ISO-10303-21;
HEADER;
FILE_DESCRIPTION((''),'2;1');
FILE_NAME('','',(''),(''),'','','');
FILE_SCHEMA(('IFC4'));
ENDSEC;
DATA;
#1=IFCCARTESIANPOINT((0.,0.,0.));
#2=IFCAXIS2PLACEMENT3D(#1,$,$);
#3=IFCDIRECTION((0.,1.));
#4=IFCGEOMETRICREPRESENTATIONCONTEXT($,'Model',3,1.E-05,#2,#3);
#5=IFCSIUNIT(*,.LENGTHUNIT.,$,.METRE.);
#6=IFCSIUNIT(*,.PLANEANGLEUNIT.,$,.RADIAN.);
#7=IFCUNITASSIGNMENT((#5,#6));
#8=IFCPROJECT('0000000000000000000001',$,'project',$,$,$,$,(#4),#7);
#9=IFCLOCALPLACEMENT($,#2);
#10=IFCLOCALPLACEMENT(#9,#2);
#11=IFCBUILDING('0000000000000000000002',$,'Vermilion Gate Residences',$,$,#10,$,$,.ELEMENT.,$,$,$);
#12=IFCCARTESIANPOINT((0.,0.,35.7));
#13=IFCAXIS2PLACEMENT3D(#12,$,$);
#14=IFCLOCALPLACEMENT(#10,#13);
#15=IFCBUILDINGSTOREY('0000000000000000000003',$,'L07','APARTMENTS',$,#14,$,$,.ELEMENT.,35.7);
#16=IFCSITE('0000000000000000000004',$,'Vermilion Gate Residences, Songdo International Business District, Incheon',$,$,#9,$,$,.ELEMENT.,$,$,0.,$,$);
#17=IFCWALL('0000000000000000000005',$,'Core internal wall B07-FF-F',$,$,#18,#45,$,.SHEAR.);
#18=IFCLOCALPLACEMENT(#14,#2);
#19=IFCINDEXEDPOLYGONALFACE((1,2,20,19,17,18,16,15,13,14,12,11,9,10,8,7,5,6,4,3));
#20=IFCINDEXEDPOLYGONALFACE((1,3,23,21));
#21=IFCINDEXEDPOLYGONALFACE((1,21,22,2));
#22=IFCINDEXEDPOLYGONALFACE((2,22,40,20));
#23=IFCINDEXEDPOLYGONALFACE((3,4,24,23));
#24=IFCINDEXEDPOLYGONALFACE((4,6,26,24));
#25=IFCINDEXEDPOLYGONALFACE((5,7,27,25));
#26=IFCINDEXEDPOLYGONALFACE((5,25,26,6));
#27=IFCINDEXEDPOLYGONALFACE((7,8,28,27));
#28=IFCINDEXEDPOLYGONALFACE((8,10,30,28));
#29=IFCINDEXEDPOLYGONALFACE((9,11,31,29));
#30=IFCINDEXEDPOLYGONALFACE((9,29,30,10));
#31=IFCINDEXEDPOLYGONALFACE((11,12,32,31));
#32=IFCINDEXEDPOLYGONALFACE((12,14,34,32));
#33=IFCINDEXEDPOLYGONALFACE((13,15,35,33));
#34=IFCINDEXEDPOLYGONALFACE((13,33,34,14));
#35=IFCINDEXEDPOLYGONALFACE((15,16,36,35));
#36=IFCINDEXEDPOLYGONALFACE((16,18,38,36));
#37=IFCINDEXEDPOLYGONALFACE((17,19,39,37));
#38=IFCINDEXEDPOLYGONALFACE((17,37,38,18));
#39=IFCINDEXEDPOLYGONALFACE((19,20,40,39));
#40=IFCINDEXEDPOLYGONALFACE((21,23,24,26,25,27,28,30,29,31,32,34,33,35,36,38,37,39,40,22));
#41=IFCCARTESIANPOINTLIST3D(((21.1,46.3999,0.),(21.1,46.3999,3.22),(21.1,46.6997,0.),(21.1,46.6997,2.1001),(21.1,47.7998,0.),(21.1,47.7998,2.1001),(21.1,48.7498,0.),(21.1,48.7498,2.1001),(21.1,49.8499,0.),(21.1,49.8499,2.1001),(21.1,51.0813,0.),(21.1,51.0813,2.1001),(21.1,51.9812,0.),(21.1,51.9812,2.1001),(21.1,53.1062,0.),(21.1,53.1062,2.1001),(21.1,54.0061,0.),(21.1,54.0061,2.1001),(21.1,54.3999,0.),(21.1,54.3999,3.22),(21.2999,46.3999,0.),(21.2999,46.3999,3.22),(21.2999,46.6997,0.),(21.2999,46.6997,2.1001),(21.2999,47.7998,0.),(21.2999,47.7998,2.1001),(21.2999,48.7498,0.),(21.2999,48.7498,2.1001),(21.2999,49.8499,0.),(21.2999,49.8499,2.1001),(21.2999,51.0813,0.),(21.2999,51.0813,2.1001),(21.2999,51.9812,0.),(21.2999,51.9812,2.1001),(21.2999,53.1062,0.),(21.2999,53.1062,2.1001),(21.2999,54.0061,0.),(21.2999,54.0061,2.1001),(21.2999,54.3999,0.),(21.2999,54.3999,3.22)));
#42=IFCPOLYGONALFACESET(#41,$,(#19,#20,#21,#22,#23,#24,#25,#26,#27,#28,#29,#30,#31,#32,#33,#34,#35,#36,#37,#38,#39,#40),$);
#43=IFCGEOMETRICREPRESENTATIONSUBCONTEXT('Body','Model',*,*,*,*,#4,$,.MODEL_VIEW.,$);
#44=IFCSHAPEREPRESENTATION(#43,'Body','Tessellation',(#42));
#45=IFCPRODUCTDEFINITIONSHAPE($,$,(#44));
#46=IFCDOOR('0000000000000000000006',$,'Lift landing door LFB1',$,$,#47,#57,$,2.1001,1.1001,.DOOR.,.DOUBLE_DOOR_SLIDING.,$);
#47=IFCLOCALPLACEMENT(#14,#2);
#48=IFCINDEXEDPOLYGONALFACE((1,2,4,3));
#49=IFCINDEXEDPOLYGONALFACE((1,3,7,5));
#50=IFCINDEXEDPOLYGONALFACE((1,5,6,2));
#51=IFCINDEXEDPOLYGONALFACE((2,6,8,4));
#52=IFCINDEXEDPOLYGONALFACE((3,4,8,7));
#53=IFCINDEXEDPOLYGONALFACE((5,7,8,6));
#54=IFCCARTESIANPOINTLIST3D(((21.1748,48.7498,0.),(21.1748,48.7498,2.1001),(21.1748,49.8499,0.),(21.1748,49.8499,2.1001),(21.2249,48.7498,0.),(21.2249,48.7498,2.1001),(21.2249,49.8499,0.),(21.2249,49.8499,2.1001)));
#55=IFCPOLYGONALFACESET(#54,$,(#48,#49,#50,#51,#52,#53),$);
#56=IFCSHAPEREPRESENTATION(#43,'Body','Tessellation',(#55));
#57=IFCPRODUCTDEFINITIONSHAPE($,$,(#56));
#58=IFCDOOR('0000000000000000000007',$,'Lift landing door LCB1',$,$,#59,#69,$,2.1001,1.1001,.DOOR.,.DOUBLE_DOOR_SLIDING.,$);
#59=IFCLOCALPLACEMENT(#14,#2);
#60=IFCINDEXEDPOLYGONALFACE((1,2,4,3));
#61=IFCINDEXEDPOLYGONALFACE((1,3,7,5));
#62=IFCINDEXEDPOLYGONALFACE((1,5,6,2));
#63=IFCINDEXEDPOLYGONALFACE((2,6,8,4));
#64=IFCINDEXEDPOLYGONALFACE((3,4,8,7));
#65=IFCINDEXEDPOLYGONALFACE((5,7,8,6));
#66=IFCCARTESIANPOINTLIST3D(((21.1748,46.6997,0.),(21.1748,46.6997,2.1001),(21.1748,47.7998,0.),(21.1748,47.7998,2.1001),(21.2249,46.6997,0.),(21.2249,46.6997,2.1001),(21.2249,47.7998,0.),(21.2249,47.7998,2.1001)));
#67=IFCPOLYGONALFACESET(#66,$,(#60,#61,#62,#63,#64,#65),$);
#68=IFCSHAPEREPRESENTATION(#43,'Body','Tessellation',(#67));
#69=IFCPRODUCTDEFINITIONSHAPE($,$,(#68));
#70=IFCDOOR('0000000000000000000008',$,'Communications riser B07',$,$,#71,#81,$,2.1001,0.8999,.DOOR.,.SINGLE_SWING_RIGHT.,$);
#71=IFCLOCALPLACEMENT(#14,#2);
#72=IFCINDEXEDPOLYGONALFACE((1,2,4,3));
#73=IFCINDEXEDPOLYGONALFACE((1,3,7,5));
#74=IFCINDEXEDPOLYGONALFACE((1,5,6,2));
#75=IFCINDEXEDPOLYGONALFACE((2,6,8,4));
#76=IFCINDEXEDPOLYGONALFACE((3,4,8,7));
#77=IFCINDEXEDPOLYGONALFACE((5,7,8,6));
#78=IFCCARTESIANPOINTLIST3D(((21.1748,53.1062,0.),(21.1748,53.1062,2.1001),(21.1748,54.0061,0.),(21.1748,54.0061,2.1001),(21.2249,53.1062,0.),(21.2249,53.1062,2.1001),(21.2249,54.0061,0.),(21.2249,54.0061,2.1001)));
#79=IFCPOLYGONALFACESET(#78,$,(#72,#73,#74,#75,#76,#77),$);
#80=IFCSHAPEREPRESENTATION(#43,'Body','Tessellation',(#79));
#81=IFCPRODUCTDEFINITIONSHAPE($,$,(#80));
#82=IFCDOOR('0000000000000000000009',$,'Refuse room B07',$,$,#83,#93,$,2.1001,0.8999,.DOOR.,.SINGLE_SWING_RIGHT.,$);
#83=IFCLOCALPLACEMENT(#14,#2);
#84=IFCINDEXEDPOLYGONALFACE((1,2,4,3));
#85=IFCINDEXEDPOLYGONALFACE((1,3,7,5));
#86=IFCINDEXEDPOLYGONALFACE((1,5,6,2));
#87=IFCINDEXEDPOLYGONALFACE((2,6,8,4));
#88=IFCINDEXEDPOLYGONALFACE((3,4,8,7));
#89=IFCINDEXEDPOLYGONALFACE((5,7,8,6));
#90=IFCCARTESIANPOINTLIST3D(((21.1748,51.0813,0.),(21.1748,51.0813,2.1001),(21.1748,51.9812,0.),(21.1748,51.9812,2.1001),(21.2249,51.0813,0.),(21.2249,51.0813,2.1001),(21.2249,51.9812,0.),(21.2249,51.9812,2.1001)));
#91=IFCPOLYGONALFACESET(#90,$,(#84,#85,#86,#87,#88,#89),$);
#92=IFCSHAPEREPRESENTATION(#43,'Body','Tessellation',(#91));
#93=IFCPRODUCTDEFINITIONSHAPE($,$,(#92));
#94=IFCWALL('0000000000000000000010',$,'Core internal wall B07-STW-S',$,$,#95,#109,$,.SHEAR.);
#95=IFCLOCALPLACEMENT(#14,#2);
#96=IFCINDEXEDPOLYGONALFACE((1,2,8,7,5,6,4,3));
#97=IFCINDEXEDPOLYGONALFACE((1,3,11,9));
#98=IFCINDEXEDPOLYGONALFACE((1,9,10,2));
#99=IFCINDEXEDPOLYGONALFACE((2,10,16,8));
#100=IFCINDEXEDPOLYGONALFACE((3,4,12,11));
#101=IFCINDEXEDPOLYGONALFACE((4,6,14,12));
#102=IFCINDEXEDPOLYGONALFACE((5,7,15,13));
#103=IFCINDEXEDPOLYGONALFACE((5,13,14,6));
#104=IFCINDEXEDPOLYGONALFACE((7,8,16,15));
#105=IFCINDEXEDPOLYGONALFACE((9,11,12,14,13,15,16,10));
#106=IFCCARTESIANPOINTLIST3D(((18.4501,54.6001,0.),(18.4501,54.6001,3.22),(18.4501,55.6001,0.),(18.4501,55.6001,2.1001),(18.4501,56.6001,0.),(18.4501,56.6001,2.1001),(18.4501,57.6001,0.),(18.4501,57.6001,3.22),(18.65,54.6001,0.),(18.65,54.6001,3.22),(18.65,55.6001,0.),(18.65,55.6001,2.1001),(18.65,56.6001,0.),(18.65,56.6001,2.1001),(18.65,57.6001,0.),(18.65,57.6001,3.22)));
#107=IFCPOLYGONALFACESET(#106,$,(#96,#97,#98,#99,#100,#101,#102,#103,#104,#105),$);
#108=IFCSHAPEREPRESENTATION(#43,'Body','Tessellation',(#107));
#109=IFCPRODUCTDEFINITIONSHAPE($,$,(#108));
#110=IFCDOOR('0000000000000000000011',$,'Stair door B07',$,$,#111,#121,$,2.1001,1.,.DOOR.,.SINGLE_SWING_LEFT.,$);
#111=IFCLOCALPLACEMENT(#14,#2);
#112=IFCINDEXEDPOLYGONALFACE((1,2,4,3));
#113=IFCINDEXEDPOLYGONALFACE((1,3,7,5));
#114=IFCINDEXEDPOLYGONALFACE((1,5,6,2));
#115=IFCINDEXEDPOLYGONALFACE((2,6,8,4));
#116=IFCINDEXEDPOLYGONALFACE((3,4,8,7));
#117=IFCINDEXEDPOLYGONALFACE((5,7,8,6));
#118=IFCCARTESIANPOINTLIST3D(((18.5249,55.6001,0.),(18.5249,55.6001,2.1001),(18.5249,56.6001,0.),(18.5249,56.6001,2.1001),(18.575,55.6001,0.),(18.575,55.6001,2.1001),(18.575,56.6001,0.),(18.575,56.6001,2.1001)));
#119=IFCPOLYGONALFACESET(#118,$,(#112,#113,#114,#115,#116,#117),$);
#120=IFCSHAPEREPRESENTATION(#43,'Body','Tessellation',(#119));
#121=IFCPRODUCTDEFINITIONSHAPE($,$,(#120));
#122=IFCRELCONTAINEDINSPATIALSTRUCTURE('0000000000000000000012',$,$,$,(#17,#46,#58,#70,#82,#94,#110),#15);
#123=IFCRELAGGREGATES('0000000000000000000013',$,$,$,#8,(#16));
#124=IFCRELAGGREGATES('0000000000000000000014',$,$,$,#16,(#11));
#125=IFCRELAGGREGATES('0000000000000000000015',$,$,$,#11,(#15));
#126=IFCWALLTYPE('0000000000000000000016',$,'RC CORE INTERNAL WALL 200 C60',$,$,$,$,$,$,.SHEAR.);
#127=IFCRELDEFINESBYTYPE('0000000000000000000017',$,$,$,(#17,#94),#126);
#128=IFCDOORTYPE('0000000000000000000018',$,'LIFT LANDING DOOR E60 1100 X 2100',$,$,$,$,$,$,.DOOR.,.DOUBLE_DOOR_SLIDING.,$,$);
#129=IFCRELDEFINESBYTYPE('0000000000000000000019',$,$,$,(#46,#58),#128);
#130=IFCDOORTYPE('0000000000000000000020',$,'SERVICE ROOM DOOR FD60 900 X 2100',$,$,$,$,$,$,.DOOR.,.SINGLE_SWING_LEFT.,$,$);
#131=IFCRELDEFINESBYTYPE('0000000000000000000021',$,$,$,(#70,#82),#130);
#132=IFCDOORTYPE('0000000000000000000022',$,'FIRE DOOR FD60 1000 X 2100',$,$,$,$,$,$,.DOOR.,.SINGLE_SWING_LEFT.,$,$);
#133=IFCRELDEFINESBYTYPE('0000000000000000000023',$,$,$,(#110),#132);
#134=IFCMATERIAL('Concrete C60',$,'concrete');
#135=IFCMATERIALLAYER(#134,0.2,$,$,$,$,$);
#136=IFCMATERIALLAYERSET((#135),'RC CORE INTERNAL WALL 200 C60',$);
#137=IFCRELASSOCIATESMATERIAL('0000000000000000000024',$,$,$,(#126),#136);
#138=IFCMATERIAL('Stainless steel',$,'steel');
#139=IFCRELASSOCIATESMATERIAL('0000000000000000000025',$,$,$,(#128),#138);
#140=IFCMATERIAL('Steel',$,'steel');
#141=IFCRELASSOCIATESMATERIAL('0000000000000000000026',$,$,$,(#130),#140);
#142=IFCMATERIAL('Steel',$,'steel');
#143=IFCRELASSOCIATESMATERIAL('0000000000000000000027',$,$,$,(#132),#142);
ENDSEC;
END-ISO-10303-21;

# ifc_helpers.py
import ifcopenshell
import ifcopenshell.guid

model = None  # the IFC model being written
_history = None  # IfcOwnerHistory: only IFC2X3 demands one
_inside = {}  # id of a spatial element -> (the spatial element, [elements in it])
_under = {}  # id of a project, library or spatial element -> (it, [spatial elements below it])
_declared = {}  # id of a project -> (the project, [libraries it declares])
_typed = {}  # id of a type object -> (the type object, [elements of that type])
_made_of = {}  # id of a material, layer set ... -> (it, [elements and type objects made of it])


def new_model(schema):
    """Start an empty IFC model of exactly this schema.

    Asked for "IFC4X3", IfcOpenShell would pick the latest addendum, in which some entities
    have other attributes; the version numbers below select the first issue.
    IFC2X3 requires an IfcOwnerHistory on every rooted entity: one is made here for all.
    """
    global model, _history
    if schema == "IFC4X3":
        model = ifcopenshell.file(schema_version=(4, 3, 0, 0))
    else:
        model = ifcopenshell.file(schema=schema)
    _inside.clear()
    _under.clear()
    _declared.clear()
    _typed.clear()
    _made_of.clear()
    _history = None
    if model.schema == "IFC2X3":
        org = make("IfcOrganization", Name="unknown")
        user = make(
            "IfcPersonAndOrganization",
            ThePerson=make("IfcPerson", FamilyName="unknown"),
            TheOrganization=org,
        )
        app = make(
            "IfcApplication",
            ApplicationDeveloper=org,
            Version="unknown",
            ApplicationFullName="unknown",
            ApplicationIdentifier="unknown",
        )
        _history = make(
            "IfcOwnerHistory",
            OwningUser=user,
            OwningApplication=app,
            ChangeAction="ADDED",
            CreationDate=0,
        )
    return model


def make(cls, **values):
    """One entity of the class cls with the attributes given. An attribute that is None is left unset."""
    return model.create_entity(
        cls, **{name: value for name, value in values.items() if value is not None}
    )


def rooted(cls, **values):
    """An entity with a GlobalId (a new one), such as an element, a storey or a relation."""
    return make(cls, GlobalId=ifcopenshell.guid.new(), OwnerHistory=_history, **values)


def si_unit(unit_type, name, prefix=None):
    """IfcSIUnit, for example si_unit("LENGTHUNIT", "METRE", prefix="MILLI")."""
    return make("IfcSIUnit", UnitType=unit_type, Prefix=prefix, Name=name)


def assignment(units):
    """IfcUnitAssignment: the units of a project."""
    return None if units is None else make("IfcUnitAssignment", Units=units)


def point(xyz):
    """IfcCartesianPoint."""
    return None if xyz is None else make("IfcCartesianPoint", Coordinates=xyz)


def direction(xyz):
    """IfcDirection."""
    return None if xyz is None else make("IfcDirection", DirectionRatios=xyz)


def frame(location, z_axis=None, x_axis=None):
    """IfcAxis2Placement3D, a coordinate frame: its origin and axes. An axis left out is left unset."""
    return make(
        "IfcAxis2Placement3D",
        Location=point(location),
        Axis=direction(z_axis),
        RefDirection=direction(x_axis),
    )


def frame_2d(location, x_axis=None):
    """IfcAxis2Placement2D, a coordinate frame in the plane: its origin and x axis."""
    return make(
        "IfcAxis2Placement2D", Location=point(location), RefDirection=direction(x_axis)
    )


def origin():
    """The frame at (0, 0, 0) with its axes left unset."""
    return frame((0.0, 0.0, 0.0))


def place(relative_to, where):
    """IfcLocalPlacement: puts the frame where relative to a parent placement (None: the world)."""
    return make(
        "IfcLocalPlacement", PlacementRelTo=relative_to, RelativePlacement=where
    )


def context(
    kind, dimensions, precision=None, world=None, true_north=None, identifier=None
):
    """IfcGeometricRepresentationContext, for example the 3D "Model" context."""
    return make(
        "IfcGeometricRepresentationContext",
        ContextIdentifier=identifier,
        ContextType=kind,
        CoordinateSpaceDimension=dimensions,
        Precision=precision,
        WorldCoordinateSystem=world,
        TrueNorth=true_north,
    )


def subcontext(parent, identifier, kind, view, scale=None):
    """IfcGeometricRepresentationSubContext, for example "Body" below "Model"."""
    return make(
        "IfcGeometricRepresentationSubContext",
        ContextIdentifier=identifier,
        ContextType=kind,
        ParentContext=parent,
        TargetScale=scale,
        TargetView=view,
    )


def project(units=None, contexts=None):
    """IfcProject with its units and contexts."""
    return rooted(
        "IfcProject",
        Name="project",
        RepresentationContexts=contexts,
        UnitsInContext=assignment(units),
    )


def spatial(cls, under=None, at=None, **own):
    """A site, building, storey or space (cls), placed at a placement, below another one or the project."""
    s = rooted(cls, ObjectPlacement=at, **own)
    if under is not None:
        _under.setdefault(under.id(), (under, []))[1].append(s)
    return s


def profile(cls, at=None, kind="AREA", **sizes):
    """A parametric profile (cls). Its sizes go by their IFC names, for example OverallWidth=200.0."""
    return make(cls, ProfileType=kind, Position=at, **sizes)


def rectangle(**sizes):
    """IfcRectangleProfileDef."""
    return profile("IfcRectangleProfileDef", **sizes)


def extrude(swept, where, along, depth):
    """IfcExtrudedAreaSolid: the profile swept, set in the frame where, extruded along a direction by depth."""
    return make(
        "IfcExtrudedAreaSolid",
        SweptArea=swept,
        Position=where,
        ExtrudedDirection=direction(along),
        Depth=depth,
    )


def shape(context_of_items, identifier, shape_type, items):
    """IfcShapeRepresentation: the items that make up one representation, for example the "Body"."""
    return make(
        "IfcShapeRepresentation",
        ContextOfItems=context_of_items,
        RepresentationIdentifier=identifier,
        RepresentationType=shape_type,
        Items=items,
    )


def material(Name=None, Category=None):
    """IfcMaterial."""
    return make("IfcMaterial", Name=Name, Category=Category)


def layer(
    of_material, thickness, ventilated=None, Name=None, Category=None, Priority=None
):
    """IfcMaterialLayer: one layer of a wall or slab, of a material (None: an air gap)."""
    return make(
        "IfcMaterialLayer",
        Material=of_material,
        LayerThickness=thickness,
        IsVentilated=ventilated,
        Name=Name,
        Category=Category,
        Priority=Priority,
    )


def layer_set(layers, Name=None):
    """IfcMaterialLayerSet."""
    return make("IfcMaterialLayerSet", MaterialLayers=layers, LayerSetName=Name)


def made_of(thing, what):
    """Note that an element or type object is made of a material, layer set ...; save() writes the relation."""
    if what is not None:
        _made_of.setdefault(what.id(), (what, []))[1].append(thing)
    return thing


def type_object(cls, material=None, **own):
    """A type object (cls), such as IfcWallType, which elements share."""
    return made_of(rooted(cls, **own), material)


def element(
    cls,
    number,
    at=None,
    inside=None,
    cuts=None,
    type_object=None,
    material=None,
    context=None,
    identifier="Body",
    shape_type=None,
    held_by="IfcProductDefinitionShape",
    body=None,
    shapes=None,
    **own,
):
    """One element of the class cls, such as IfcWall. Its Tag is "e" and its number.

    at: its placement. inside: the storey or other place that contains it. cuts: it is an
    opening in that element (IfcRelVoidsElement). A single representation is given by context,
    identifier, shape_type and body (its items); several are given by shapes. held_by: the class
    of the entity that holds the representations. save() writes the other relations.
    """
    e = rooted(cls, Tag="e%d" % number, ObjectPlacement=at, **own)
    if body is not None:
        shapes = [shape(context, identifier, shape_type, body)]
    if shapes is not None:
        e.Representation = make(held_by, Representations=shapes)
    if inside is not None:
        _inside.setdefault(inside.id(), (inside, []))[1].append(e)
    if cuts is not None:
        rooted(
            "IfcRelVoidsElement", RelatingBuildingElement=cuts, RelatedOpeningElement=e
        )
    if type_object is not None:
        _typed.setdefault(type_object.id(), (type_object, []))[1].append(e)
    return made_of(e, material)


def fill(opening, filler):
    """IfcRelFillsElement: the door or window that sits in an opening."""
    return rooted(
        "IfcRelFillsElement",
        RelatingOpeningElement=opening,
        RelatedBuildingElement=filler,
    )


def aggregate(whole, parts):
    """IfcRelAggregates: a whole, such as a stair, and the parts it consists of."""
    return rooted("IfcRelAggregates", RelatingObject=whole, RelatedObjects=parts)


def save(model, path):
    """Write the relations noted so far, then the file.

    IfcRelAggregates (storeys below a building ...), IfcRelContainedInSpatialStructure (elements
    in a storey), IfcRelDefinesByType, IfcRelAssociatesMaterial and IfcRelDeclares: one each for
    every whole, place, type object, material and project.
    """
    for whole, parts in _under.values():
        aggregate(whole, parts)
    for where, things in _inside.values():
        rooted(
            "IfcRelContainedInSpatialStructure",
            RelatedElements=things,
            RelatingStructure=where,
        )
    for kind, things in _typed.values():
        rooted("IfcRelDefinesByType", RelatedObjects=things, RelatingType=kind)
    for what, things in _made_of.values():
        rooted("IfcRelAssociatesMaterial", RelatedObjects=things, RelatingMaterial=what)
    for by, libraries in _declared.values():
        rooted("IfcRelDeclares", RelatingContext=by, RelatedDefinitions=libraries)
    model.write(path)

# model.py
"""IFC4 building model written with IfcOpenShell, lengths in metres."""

from ifc_helpers import new_model, si_unit, direction, frame, frame_2d, origin, place, context, subcontext, project, spatial, rectangle, extrude, material, layer, layer_set, type_object, element, fill, save


model = new_model("IFC4")

# Units and contexts
model_context = context("Model", 3, precision=1e-05, world=origin(), true_north=direction((0.0, 1.0)))
body_context = subcontext(model_context, "Body", "Model", "MODEL_VIEW")
ifc_project = project(units=[si_unit("LENGTHUNIT", "METRE"), si_unit("PLANEANGLEUNIT", "RADIAN")], contexts=[model_context])

# Site, building, storey
site_placement = place(None, origin())
site = spatial("IfcSite", under=ifc_project, at=site_placement, Name="Vermilion Gate Residences, Songdo International Business District, Incheon", CompositionType="ELEMENT", RefElevation=0.0)
building_placement = place(site_placement, origin())
building = spatial("IfcBuilding", under=site, at=building_placement, Name="Vermilion Gate Residences", CompositionType="ELEMENT")
storey_placement = place(building_placement, frame((0.0, 0.0, 35.7)))
storey = spatial("IfcBuildingStorey", under=building, at=storey_placement, Name="L07", Description="APARTMENTS", CompositionType="ELEMENT", Elevation=35.7)

# Wall, openings, doors
ifc_material_1 = material(Name="Concrete C60", Category="concrete")
ifc_layer_1 = layer(ifc_material_1, 0.2)
ifc_layer_set_1 = layer_set([ifc_layer_1], Name="RC CORE INTERNAL WALL 200 C60")
wall_type_1 = type_object("IfcWallType", Name="RC CORE INTERNAL WALL 200 C60", PredefinedType="SHEAR", material=ifc_layer_set_1)
wall_1_placement = place(storey_placement, frame((21.2, 54.3999, 0.0), z_axis=(0.0, 0.0, 1.0), x_axis=(0.0, -1.0, 0.0)))
wall_1 = element("IfcWall", 1, at=wall_1_placement, inside=storey, type_object=wall_type_1, Name="Core internal wall B07-FF-F", PredefinedType="SHEAR", context=body_context, shape_type="SweptSolid", body=[
    extrude(rectangle(XDim=8.0, YDim=0.2, at=frame_2d((4.0, 0.0))), origin(), (0.0, 0.0, 1.0), 3.22),
])
opening_1_placement = place(wall_1_placement, frame((0.3938, 0.0, 0.0)))
opening_1 = element("IfcOpeningElement", 2, at=opening_1_placement, cuts=wall_1, PredefinedType="OPENING", context=body_context, shape_type="SweptSolid", body=[
    extrude(rectangle(XDim=0.8999, YDim=2.1001, at=frame_2d((0.45, 1.05))), frame((0.0, 0.1099, 0.0), z_axis=(0.0, -1.0, 0.0), x_axis=(1.0, 0.0, 0.0)), (0.0, 0.0, 1.0), 0.22),
])
opening_2_placement = place(wall_1_placement, frame((2.4187, 0.0, 0.0)))
opening_2 = element("IfcOpeningElement", 3, at=opening_2_placement, cuts=wall_1, PredefinedType="OPENING", context=body_context, shape_type="SweptSolid", body=[
    extrude(rectangle(XDim=0.8999, YDim=2.1001, at=frame_2d((0.45, 1.05))), frame((0.0, 0.1099, 0.0), z_axis=(0.0, -1.0, 0.0), x_axis=(1.0, 0.0, 0.0)), (0.0, 0.0, 1.0), 0.22),
])
opening_3_placement = place(wall_1_placement, frame((4.55, 0.0, 0.0)))
opening_3 = element("IfcOpeningElement", 4, at=opening_3_placement, cuts=wall_1, PredefinedType="OPENING", context=body_context, shape_type="SweptSolid", body=[
    extrude(rectangle(XDim=1.1001, YDim=2.1001, at=frame_2d((0.55, 1.05))), frame((0.0, 0.1099, 0.0), z_axis=(0.0, -1.0, 0.0), x_axis=(1.0, 0.0, 0.0)), (0.0, 0.0, 1.0), 0.22),
])
opening_4_placement = place(wall_1_placement, frame((6.6001, 0.0, 0.0)))
opening_4 = element("IfcOpeningElement", 5, at=opening_4_placement, cuts=wall_1, PredefinedType="OPENING", context=body_context, shape_type="SweptSolid", body=[
    extrude(rectangle(XDim=1.1001, YDim=2.1001, at=frame_2d((0.55, 1.05))), frame((0.0, 0.1099, 0.0), z_axis=(0.0, -1.0, 0.0), x_axis=(1.0, 0.0, 0.0)), (0.0, 0.0, 1.0), 0.22),
])
ifc_material_2 = material(Name="Stainless steel", Category="steel")
door_type_1 = type_object("IfcDoorType", Name="LIFT LANDING DOOR E60 1100 X 2100", OperationType="DOUBLE_DOOR_SLIDING", PredefinedType="DOOR", material=ifc_material_2)
door_1_placement = place(opening_3_placement, origin())
door_1 = element("IfcDoor", 6, at=door_1_placement, inside=storey, type_object=door_type_1, Name="Lift landing door LFB1", OperationType="DOUBLE_DOOR_SLIDING", OverallHeight=2.1001, OverallWidth=1.1001, PredefinedType="DOOR", context=body_context, shape_type="SweptSolid", body=[
    extrude(rectangle(XDim=1.1001, YDim=2.1001, at=frame_2d((0.55, 1.05))), frame((0.0, 0.0249, 0.0), z_axis=(0.0, -1.0, 0.0), x_axis=(1.0, 0.0, 0.0)), (0.0, 0.0, 1.0), 0.05),
])
fill(opening_3, door_1)
door_2_placement = place(opening_4_placement, origin())
door_2 = element("IfcDoor", 7, at=door_2_placement, inside=storey, type_object=door_type_1, Name="Lift landing door LCB1", OperationType="DOUBLE_DOOR_SLIDING", OverallHeight=2.1001, OverallWidth=1.1001, PredefinedType="DOOR", context=body_context, shape_type="SweptSolid", body=[
    extrude(rectangle(XDim=1.1001, YDim=2.1001, at=frame_2d((0.55, 1.05))), frame((0.0, 0.0249, 0.0), z_axis=(0.0, -1.0, 0.0), x_axis=(1.0, 0.0, 0.0)), (0.0, 0.0, 1.0), 0.05),
])
fill(opening_4, door_2)
ifc_material_3 = material(Name="Steel", Category="steel")
door_type_2 = type_object("IfcDoorType", Name="SERVICE ROOM DOOR FD60 900 X 2100", OperationType="SINGLE_SWING_LEFT", PredefinedType="DOOR", material=ifc_material_3)
door_3_placement = place(opening_1_placement, origin())
door_3 = element("IfcDoor", 8, at=door_3_placement, inside=storey, type_object=door_type_2, Name="Communications riser B07", OperationType="SINGLE_SWING_RIGHT", OverallHeight=2.1001, OverallWidth=0.8999, PredefinedType="DOOR", context=body_context, shape_type="SweptSolid", body=[
    extrude(rectangle(XDim=0.8999, YDim=2.1001, at=frame_2d((0.45, 1.05))), frame((0.0, 0.0249, 0.0), z_axis=(0.0, -1.0, 0.0), x_axis=(1.0, 0.0, 0.0)), (0.0, 0.0, 1.0), 0.05),
])
fill(opening_1, door_3)
door_4_placement = place(opening_2_placement, origin())
door_4 = element("IfcDoor", 9, at=door_4_placement, inside=storey, type_object=door_type_2, Name="Refuse room B07", OperationType="SINGLE_SWING_RIGHT", OverallHeight=2.1001, OverallWidth=0.8999, PredefinedType="DOOR", context=body_context, shape_type="SweptSolid", body=[
    extrude(rectangle(XDim=0.8999, YDim=2.1001, at=frame_2d((0.45, 1.05))), frame((0.0, 0.0249, 0.0), z_axis=(0.0, -1.0, 0.0), x_axis=(1.0, 0.0, 0.0)), (0.0, 0.0, 1.0), 0.05),
])
fill(opening_2, door_4)

# Wall, opening, door
wall_2_placement = place(storey_placement, frame((18.55, 57.6001, 0.0), z_axis=(0.0, 0.0, 1.0), x_axis=(0.0, -1.0, 0.0)))
wall_2 = element("IfcWall", 10, at=wall_2_placement, inside=storey, type_object=wall_type_1, Name="Core internal wall B07-STW-S", PredefinedType="SHEAR", context=body_context, shape_type="SweptSolid", body=[
    extrude(rectangle(XDim=3.0, YDim=0.2, at=frame_2d((1.5, 0.0))), origin(), (0.0, 0.0, 1.0), 3.22),
])
opening_5_placement = place(wall_2_placement, frame((1.0, 0.0, 0.0)))
opening_5 = element("IfcOpeningElement", 11, at=opening_5_placement, cuts=wall_2, PredefinedType="OPENING", context=body_context, shape_type="SweptSolid", body=[
    extrude(rectangle(XDim=1.0, YDim=2.1001, at=frame_2d((0.5, 1.05))), frame((0.0, 0.1099, 0.0), z_axis=(0.0, -1.0, 0.0), x_axis=(1.0, 0.0, 0.0)), (0.0, 0.0, 1.0), 0.22),
])
ifc_material_4 = material(Name="Steel", Category="steel")
door_type_3 = type_object("IfcDoorType", Name="FIRE DOOR FD60 1000 X 2100", OperationType="SINGLE_SWING_LEFT", PredefinedType="DOOR", material=ifc_material_4)
door_5_placement = place(opening_5_placement, origin())
door_5 = element("IfcDoor", 12, at=door_5_placement, inside=storey, type_object=door_type_3, Name="Stair door B07", OperationType="SINGLE_SWING_LEFT", OverallHeight=2.1001, OverallWidth=1.0, PredefinedType="DOOR", context=body_context, shape_type="SweptSolid", body=[
    extrude(rectangle(XDim=1.0, YDim=2.1001, at=frame_2d((0.5, 1.05))), frame((0.0, 0.0249, 0.0), z_axis=(0.0, -1.0, 0.0), x_axis=(1.0, 0.0, 0.0)), (0.0, 0.0, 1.0), 0.05),
])
fill(opening_5, door_5)

save(model, "model.ifc")
